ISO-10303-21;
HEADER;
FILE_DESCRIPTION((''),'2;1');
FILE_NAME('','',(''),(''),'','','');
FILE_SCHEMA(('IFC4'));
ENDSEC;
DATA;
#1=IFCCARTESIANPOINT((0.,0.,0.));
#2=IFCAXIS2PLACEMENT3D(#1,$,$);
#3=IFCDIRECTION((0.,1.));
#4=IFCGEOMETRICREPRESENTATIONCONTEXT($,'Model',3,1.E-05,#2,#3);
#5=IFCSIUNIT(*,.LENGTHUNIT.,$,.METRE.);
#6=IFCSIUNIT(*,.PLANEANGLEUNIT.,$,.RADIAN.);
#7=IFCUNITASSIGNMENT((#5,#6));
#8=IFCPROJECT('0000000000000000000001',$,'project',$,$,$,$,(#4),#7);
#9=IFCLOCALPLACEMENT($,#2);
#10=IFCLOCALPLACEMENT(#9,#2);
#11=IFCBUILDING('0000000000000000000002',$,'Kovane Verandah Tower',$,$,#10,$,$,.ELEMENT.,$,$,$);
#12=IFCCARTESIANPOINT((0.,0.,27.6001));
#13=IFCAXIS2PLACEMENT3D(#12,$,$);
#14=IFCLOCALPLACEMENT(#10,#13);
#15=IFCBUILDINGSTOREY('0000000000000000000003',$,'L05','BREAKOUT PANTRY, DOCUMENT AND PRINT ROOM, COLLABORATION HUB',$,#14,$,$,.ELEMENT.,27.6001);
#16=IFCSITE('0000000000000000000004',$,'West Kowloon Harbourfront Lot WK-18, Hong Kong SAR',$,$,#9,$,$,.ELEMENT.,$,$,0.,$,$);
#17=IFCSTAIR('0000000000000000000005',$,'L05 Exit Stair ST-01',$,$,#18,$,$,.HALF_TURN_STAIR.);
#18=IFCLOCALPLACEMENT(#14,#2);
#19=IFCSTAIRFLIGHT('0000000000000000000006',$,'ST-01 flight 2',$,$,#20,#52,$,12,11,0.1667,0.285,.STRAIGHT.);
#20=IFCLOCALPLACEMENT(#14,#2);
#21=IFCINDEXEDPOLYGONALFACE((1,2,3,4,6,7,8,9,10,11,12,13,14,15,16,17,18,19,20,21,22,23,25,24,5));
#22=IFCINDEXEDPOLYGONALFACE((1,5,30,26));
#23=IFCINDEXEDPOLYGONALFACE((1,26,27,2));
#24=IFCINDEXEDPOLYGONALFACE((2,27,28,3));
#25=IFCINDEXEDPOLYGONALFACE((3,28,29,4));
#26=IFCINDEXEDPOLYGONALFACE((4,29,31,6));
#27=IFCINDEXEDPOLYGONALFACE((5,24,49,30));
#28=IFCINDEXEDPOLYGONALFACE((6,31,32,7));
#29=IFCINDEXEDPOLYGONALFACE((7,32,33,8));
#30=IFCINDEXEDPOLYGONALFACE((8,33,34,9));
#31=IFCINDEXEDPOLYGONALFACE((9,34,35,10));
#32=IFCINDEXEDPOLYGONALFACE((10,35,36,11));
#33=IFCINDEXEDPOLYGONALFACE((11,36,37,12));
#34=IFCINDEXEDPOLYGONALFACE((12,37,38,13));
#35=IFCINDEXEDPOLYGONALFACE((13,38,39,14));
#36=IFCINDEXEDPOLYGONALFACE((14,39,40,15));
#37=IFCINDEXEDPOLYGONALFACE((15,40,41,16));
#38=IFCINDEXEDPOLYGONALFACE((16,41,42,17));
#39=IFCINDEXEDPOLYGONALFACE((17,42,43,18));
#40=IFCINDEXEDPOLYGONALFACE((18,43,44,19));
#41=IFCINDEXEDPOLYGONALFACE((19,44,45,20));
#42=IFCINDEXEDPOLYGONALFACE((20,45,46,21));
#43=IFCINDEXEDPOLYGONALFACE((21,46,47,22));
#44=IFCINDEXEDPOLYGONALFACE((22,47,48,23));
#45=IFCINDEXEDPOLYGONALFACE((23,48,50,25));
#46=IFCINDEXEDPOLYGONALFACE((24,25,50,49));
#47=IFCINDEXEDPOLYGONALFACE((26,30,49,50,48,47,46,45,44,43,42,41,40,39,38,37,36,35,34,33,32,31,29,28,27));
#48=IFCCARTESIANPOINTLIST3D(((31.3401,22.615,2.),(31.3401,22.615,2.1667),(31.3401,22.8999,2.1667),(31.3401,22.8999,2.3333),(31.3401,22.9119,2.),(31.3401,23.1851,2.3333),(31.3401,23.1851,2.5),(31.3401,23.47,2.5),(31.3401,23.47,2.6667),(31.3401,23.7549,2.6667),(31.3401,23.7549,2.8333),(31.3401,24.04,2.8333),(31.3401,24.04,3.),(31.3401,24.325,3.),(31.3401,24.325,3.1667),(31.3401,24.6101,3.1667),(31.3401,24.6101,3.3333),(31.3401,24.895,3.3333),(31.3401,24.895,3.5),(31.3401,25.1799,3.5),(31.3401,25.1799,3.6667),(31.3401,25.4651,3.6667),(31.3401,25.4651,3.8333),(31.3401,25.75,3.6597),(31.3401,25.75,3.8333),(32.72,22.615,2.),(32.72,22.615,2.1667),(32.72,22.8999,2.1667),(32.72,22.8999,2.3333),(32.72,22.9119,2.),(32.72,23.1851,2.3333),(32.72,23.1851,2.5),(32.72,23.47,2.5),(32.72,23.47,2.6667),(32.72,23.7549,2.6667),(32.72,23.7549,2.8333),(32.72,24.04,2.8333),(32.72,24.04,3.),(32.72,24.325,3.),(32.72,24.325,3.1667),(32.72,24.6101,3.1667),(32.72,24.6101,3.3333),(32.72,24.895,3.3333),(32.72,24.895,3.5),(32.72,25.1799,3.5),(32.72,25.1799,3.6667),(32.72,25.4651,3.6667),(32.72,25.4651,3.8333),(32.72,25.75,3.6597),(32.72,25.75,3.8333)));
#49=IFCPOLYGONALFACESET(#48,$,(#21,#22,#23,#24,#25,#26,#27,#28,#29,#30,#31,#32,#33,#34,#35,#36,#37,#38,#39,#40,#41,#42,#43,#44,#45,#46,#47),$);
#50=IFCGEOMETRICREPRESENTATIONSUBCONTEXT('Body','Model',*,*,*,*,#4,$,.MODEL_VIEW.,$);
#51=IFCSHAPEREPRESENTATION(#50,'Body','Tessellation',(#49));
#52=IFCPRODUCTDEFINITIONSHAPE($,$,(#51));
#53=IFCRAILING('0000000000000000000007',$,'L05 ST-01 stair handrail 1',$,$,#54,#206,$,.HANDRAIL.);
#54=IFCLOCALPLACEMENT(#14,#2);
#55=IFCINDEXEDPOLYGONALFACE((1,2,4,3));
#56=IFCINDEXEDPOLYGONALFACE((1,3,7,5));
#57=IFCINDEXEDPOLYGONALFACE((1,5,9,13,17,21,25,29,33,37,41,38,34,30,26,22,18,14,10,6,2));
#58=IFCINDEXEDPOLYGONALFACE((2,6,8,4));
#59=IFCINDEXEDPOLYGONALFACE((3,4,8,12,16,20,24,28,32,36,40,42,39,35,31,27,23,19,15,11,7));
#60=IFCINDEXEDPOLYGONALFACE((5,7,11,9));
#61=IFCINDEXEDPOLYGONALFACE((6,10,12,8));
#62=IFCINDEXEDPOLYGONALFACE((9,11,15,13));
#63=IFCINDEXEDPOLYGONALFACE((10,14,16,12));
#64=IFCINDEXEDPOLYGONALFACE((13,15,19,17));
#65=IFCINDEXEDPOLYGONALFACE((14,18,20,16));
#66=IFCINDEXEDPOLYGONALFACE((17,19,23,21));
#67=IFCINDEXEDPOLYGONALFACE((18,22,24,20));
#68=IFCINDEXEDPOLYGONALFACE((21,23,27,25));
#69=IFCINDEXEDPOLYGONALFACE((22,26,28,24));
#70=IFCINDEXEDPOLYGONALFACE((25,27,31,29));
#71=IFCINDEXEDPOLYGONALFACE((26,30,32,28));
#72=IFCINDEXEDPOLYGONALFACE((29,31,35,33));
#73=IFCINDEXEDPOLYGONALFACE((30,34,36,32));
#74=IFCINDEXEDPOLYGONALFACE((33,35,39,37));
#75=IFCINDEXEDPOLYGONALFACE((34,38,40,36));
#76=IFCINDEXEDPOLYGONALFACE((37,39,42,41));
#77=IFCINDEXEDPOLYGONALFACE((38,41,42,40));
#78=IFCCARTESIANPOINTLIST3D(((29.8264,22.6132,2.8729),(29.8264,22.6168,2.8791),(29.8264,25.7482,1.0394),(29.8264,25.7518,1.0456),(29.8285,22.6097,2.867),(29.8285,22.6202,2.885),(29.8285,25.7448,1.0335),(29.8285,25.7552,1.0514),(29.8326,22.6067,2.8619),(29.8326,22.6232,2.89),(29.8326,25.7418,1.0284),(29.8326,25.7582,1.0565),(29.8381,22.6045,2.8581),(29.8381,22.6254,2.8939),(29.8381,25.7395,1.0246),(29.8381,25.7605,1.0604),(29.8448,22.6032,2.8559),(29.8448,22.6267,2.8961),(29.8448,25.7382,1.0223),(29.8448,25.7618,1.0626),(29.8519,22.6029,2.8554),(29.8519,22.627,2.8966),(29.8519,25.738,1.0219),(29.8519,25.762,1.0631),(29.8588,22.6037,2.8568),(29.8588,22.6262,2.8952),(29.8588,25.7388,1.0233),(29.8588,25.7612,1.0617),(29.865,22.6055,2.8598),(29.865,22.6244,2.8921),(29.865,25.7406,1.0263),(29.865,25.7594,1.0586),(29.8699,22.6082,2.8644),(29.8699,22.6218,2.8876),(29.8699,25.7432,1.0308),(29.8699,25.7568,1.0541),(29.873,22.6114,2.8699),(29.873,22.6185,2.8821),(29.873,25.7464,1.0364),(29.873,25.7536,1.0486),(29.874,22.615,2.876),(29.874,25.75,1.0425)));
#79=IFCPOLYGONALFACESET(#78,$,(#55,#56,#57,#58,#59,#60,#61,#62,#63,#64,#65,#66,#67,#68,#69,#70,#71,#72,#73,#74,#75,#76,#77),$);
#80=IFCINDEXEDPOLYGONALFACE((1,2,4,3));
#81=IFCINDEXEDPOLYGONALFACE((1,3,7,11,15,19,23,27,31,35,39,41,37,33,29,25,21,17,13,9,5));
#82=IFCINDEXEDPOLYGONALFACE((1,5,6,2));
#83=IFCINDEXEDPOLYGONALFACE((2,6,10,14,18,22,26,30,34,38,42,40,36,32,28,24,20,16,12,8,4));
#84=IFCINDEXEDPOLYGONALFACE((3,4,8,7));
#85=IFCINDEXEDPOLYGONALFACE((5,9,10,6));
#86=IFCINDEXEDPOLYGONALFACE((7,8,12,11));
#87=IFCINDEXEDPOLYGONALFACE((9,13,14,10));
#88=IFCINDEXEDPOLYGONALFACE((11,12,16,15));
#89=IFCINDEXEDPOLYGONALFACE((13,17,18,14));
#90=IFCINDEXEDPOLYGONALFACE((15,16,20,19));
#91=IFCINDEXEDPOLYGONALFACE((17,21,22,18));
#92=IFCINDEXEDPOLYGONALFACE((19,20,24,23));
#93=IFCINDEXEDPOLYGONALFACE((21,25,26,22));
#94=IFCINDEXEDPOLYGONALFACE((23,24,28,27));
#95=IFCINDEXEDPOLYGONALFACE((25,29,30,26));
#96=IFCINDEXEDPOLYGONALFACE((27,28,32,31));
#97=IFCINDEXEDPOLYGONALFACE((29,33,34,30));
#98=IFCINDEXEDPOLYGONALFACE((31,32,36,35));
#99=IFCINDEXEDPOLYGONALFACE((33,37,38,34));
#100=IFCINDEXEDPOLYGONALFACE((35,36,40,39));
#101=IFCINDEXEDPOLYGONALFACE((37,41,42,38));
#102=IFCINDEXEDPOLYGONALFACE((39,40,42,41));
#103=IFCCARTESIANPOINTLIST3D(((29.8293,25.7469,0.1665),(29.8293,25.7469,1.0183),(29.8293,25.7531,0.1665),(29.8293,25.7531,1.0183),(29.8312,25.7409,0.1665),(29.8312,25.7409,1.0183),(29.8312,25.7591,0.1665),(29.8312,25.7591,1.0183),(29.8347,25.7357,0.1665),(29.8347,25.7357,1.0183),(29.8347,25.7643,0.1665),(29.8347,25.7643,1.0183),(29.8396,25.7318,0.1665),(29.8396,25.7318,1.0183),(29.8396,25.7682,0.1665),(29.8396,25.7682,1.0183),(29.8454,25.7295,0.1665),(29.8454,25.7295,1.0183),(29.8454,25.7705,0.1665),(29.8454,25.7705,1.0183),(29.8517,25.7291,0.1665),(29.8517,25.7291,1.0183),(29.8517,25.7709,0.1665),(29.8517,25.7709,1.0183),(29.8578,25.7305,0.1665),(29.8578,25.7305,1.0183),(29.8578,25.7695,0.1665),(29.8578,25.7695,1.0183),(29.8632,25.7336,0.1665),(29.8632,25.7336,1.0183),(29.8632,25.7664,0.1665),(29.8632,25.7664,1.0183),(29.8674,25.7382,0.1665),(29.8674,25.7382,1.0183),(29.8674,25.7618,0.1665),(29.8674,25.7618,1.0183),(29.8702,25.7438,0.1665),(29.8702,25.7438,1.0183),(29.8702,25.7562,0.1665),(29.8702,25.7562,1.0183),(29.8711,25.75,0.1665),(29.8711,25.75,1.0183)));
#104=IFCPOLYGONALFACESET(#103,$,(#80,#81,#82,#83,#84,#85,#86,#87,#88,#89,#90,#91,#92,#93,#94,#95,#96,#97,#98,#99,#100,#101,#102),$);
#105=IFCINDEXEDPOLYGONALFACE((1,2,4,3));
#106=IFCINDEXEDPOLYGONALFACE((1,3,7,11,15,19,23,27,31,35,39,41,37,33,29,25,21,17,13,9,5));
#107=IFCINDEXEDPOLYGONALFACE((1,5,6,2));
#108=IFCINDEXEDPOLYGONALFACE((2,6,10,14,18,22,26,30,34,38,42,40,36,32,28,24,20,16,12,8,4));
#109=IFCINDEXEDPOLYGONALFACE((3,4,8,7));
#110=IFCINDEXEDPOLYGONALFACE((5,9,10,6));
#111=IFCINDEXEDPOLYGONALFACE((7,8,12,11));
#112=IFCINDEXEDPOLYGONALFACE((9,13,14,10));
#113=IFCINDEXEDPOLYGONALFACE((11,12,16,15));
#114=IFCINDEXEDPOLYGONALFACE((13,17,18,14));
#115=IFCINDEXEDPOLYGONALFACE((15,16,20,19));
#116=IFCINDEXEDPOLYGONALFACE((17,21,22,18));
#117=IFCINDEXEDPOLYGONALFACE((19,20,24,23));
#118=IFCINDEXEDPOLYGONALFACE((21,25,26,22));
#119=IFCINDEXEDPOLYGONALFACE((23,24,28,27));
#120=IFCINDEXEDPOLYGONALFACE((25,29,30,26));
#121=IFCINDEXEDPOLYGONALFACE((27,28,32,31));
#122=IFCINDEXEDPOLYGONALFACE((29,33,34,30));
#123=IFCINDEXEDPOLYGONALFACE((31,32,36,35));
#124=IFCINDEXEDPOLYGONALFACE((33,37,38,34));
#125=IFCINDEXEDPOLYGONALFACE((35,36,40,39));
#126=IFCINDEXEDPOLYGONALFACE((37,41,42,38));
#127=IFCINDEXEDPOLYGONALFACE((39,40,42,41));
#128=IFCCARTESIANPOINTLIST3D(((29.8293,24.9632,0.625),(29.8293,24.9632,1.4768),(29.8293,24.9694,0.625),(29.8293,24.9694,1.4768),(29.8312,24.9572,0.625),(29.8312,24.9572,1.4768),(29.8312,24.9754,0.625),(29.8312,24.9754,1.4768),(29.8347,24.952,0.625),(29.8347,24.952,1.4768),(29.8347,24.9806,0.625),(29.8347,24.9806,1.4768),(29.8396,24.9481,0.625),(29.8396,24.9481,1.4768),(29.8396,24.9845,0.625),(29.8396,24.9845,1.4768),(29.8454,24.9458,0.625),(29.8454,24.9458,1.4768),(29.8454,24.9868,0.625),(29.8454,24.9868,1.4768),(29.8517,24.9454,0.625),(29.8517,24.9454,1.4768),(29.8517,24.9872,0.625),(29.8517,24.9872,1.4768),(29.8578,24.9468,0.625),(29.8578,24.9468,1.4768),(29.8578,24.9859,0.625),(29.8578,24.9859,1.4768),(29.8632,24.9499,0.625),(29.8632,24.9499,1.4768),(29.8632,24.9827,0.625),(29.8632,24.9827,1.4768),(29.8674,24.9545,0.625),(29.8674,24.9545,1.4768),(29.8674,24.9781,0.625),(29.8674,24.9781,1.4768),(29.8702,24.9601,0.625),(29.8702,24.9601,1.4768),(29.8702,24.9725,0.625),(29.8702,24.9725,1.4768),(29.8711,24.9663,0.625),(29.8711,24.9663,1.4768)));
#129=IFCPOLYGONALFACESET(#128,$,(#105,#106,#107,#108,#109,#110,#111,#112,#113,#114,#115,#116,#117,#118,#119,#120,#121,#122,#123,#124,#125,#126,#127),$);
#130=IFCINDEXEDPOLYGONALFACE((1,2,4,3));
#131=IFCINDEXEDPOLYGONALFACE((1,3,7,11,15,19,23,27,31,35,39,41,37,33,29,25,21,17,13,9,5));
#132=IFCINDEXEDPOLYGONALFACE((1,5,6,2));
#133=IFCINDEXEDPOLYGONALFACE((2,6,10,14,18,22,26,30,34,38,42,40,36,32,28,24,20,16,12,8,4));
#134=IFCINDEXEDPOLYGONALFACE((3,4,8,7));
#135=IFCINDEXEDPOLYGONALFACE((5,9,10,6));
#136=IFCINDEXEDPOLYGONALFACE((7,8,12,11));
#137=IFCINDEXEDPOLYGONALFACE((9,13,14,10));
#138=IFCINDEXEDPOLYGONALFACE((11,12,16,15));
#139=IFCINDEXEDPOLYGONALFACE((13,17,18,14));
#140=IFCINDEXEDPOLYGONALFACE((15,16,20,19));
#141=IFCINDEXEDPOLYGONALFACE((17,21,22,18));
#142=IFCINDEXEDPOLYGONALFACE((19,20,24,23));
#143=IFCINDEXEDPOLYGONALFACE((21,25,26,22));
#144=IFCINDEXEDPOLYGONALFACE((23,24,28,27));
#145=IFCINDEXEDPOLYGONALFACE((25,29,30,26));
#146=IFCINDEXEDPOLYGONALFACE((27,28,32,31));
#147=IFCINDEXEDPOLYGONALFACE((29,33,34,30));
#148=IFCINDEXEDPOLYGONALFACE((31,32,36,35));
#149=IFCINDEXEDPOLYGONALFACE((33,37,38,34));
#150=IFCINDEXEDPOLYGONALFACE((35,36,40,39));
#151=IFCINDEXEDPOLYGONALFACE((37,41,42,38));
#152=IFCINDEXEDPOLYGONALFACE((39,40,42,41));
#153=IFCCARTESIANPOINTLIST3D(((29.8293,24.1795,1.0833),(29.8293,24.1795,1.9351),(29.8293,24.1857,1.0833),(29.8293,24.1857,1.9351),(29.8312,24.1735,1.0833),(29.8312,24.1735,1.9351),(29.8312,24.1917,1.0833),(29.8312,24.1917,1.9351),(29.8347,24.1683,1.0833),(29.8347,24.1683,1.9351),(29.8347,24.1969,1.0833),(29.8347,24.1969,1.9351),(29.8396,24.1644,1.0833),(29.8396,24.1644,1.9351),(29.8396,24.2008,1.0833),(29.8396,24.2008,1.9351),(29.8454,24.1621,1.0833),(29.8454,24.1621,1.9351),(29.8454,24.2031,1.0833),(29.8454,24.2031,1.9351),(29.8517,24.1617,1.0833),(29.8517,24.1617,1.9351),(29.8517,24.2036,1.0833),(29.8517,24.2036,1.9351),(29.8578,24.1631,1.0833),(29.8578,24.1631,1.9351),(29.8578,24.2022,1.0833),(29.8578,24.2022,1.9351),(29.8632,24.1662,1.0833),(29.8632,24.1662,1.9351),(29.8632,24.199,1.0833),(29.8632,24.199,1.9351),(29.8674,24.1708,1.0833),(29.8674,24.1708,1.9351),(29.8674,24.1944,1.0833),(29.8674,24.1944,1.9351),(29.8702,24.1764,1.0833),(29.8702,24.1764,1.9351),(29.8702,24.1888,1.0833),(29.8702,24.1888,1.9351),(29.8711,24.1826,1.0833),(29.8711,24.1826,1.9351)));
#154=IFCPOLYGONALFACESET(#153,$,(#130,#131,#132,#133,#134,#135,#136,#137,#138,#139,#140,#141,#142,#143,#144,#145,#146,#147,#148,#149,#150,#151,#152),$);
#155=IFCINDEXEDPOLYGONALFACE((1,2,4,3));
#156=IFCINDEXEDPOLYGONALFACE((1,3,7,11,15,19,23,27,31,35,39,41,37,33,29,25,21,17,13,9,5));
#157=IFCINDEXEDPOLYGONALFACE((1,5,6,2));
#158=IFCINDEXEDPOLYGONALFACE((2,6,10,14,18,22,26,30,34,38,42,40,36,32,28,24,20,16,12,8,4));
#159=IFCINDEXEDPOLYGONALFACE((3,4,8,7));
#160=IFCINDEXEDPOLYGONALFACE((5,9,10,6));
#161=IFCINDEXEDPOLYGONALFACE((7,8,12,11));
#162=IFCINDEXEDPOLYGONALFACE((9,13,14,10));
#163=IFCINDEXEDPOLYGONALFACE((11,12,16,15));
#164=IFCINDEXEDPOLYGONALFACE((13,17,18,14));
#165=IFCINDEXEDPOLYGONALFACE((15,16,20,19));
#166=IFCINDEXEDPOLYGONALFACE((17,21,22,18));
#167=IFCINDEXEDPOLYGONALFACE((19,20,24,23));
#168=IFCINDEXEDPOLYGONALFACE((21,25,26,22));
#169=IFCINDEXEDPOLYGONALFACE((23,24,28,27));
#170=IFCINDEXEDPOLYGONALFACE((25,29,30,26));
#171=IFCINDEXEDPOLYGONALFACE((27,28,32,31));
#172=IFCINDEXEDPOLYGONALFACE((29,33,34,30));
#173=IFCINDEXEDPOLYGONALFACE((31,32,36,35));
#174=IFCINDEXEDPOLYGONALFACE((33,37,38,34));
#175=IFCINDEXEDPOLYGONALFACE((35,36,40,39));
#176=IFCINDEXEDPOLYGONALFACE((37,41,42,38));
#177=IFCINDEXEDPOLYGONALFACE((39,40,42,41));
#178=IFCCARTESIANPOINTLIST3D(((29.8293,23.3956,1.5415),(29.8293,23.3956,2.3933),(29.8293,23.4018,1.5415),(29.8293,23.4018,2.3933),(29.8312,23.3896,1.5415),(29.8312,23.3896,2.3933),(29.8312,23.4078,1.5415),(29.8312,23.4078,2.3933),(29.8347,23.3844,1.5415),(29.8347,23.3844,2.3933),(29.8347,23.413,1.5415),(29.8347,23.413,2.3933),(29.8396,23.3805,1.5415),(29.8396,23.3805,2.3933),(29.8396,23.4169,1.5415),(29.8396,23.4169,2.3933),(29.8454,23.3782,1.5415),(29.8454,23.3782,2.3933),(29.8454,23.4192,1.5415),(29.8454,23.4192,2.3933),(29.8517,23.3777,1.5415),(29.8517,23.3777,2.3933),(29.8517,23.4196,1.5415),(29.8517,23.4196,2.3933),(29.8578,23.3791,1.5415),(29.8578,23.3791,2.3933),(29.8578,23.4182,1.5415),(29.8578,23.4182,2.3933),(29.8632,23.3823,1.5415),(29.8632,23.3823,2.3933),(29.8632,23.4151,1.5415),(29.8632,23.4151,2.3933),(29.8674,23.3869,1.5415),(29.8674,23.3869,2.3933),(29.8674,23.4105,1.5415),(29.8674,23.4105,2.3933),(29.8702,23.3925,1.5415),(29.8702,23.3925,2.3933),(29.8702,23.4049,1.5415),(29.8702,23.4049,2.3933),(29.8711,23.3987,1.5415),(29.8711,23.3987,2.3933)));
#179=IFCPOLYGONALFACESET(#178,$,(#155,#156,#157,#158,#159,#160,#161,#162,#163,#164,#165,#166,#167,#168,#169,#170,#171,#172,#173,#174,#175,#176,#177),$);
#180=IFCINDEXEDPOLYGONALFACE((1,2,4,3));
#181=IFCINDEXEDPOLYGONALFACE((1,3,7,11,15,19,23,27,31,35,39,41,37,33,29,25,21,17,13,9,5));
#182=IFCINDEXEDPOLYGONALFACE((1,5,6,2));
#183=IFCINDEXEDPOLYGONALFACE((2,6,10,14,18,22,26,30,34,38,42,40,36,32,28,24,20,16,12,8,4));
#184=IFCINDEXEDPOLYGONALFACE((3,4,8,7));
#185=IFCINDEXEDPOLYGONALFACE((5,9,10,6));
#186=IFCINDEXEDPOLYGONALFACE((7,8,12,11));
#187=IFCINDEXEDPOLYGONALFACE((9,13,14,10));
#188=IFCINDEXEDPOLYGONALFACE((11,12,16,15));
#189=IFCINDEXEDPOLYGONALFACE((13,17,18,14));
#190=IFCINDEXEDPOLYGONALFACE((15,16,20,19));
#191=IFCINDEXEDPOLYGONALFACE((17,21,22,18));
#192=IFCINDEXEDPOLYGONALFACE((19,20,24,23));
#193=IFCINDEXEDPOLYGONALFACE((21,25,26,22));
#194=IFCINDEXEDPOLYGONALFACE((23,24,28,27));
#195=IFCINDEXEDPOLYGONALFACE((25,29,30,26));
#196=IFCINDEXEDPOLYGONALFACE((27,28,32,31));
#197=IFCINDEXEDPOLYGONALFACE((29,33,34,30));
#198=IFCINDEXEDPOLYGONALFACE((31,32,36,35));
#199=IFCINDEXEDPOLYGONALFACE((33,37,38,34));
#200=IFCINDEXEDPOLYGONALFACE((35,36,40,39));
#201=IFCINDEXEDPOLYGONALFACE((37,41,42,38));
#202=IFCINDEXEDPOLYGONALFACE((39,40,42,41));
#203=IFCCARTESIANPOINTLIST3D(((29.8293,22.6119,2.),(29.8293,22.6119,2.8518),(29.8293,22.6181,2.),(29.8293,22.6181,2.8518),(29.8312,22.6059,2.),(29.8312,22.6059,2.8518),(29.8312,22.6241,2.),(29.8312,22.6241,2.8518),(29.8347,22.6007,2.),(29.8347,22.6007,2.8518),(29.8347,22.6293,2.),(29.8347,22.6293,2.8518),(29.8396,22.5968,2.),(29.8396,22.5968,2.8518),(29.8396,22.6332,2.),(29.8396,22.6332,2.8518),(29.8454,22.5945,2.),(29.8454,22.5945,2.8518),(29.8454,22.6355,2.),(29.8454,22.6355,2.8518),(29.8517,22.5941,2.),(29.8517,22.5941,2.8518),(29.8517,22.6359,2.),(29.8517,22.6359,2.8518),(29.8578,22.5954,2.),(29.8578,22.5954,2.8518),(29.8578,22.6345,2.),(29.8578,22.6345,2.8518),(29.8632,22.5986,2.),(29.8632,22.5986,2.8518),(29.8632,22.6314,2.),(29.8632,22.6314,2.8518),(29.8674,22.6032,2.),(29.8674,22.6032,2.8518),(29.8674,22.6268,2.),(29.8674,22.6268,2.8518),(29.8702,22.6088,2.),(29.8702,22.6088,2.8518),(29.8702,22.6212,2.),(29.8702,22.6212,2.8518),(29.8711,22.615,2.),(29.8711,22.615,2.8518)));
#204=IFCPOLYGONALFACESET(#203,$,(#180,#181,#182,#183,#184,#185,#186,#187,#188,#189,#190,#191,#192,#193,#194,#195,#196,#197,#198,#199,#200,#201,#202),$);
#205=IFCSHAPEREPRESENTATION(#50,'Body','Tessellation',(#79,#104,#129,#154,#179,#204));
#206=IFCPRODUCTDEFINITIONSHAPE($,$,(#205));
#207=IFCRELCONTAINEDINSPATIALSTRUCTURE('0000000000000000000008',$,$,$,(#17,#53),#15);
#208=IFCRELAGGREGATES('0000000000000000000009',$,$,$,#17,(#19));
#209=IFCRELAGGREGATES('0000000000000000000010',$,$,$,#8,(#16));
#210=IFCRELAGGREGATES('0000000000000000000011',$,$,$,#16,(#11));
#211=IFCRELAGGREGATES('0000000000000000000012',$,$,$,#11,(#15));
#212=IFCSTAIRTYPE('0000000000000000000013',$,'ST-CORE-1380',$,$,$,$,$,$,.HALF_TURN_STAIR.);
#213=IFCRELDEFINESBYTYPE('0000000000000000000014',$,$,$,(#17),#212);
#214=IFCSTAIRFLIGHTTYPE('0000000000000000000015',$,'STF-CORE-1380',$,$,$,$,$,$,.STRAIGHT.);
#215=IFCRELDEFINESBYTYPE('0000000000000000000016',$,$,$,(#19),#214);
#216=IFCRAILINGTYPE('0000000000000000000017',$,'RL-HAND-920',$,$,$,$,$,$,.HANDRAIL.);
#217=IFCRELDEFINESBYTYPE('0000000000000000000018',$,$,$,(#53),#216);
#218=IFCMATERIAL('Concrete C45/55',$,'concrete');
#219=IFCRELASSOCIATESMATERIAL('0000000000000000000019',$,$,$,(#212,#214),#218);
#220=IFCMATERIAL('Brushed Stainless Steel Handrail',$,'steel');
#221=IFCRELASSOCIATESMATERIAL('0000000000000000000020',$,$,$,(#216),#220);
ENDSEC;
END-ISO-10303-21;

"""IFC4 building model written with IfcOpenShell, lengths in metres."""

from ifc_helpers import new_model, si_unit, direction, frame, origin, origin_2d, place, context, subcontext, project, spatial, polyline, circle, outline, extrude, material, type_object, element, aggregate, save


model = new_model("IFC4")

# Units and contexts
model_context = context("Model", 3, precision=1e-05, world=origin(), true_north=direction((0.0, 1.0)))
body_context = subcontext(model_context, "Body", "Model", "MODEL_VIEW")
ifc_project = project(units=[si_unit("LENGTHUNIT", "METRE"), si_unit("PLANEANGLEUNIT", "RADIAN")], contexts=[model_context])

# Site, building, storey
site_placement = place(None, origin())
site = spatial("IfcSite", under=ifc_project, at=site_placement, Name="West Kowloon Harbourfront Lot WK-18, Hong Kong SAR", CompositionType="ELEMENT", RefElevation=0.0)
building_placement = place(site_placement, origin())
building = spatial("IfcBuilding", under=site, at=building_placement, Name="Kovane Verandah Tower", CompositionType="ELEMENT")
storey_placement = place(building_placement, frame((0.0, 0.0, 27.6001)))
storey = spatial("IfcBuildingStorey", under=building, at=storey_placement, Name="L05", Description="BREAKOUT PANTRY, DOCUMENT AND PRINT ROOM, COLLABORATION HUB", CompositionType="ELEMENT", Elevation=27.6001)

# Shared definitions
ifc_material_1 = material(Name="Concrete C45/55", Category="concrete")

# Stair, stair flight
stair_type = type_object("IfcStairType", Name="ST-CORE-1380", PredefinedType="HALF_TURN_STAIR", material=ifc_material_1)
stair_placement = place(storey_placement, origin())
stair = element("IfcStair", 1, at=stair_placement, inside=storey, type_object=stair_type, Name="L05 Exit Stair ST-01", PredefinedType="HALF_TURN_STAIR")
stair_flight_type = type_object("IfcStairFlightType", Name="STF-CORE-1380", PredefinedType="STRAIGHT", material=ifc_material_1)
stair_flight_1_placement = place(storey_placement, frame((32.03, 22.615, 2.0), z_axis=(0.0, 0.0, 1.0), x_axis=(0.0, 1.0, 0.0)))
stair_flight_1 = element("IfcStairFlight", 2, at=stair_flight_1_placement, type_object=stair_flight_type, Name="ST-01 flight 2", NumberOfRisers=12, NumberOfTreads=11, PredefinedType="STRAIGHT", RiserHeight=0.1667, TreadLength=0.285, context=body_context, shape_type="SweptSolid", body=[
    extrude(outline(polyline([(0.0, 0.0), (0.0, 0.1667), (0.2849, 0.1667), (0.2849, 0.3333), (0.5701, 0.3333), (0.5701, 0.5), (0.855, 0.5), (0.855, 0.6667), (1.1399, 0.6667), (1.1399, 0.8333), (1.425, 0.8333), (1.425, 1.0), (1.71, 1.0), (1.71, 1.1667), (1.9951, 1.1667), (1.9951, 1.3333), (2.28, 1.3333), (2.28, 1.5), (2.5649, 1.5), (2.5649, 1.6667), (2.8501, 1.6667), (2.8501, 1.8333), (3.135, 1.8333), (3.135, 2.0), (3.135, 1.6597), (0.2969, 0.0), (0.0, 0.0)])), frame((0.0, 0.6899, 0.0), z_axis=(0.0, -1.0, 0.0), x_axis=(1.0, 0.0, 0.0)), (0.0, 0.0, 1.0), 1.3799),
])
aggregate(stair, [stair_flight_1])

# Railing
ifc_material_2 = material(Name="Brushed Stainless Steel Handrail", Category="steel")
railing_type_1 = type_object("IfcRailingType", Name="RL-HAND-920", PredefinedType="HANDRAIL", material=ifc_material_2)
railing_1_placement = place(storey_placement, frame((29.8501, 25.75, 0.1665)))
element("IfcRailing", 3, at=railing_1_placement, inside=storey, type_object=railing_type_1, Name="L05 ST-01 stair handrail 1", PredefinedType="HANDRAIL", context=body_context, shape_type="SweptSolid", body=[
    extrude(circle(Radius=0.0239, at=origin_2d()), frame((0.0, 0.0, 0.876), z_axis=(0.0, -0.86321, 0.504845), x_axis=(1.0, 0.0, 0.0)), (0.0, 0.0, 1.0), 3.6318),
    extrude(circle(Radius=0.021, at=origin_2d()), origin(), (0.0, 0.0, 1.0), 0.8518),
    extrude(circle(Radius=0.021, at=origin_2d()), frame((0.0, -0.7837, 0.4585)), (0.0, 0.0, 1.0), 0.8518),
    extrude(circle(Radius=0.021, at=origin_2d()), frame((0.0, -1.5674, 0.9167)), (0.0, 0.0, 1.0), 0.8518),
    extrude(circle(Radius=0.021, at=origin_2d()), frame((0.0, -2.3513, 1.375)), (0.0, 0.0, 1.0), 0.8518),
    extrude(circle(Radius=0.021, at=origin_2d()), frame((0.0, -3.135, 1.8335)), (0.0, 0.0, 1.0), 0.8518),
])

save(model, "model.ifc")
